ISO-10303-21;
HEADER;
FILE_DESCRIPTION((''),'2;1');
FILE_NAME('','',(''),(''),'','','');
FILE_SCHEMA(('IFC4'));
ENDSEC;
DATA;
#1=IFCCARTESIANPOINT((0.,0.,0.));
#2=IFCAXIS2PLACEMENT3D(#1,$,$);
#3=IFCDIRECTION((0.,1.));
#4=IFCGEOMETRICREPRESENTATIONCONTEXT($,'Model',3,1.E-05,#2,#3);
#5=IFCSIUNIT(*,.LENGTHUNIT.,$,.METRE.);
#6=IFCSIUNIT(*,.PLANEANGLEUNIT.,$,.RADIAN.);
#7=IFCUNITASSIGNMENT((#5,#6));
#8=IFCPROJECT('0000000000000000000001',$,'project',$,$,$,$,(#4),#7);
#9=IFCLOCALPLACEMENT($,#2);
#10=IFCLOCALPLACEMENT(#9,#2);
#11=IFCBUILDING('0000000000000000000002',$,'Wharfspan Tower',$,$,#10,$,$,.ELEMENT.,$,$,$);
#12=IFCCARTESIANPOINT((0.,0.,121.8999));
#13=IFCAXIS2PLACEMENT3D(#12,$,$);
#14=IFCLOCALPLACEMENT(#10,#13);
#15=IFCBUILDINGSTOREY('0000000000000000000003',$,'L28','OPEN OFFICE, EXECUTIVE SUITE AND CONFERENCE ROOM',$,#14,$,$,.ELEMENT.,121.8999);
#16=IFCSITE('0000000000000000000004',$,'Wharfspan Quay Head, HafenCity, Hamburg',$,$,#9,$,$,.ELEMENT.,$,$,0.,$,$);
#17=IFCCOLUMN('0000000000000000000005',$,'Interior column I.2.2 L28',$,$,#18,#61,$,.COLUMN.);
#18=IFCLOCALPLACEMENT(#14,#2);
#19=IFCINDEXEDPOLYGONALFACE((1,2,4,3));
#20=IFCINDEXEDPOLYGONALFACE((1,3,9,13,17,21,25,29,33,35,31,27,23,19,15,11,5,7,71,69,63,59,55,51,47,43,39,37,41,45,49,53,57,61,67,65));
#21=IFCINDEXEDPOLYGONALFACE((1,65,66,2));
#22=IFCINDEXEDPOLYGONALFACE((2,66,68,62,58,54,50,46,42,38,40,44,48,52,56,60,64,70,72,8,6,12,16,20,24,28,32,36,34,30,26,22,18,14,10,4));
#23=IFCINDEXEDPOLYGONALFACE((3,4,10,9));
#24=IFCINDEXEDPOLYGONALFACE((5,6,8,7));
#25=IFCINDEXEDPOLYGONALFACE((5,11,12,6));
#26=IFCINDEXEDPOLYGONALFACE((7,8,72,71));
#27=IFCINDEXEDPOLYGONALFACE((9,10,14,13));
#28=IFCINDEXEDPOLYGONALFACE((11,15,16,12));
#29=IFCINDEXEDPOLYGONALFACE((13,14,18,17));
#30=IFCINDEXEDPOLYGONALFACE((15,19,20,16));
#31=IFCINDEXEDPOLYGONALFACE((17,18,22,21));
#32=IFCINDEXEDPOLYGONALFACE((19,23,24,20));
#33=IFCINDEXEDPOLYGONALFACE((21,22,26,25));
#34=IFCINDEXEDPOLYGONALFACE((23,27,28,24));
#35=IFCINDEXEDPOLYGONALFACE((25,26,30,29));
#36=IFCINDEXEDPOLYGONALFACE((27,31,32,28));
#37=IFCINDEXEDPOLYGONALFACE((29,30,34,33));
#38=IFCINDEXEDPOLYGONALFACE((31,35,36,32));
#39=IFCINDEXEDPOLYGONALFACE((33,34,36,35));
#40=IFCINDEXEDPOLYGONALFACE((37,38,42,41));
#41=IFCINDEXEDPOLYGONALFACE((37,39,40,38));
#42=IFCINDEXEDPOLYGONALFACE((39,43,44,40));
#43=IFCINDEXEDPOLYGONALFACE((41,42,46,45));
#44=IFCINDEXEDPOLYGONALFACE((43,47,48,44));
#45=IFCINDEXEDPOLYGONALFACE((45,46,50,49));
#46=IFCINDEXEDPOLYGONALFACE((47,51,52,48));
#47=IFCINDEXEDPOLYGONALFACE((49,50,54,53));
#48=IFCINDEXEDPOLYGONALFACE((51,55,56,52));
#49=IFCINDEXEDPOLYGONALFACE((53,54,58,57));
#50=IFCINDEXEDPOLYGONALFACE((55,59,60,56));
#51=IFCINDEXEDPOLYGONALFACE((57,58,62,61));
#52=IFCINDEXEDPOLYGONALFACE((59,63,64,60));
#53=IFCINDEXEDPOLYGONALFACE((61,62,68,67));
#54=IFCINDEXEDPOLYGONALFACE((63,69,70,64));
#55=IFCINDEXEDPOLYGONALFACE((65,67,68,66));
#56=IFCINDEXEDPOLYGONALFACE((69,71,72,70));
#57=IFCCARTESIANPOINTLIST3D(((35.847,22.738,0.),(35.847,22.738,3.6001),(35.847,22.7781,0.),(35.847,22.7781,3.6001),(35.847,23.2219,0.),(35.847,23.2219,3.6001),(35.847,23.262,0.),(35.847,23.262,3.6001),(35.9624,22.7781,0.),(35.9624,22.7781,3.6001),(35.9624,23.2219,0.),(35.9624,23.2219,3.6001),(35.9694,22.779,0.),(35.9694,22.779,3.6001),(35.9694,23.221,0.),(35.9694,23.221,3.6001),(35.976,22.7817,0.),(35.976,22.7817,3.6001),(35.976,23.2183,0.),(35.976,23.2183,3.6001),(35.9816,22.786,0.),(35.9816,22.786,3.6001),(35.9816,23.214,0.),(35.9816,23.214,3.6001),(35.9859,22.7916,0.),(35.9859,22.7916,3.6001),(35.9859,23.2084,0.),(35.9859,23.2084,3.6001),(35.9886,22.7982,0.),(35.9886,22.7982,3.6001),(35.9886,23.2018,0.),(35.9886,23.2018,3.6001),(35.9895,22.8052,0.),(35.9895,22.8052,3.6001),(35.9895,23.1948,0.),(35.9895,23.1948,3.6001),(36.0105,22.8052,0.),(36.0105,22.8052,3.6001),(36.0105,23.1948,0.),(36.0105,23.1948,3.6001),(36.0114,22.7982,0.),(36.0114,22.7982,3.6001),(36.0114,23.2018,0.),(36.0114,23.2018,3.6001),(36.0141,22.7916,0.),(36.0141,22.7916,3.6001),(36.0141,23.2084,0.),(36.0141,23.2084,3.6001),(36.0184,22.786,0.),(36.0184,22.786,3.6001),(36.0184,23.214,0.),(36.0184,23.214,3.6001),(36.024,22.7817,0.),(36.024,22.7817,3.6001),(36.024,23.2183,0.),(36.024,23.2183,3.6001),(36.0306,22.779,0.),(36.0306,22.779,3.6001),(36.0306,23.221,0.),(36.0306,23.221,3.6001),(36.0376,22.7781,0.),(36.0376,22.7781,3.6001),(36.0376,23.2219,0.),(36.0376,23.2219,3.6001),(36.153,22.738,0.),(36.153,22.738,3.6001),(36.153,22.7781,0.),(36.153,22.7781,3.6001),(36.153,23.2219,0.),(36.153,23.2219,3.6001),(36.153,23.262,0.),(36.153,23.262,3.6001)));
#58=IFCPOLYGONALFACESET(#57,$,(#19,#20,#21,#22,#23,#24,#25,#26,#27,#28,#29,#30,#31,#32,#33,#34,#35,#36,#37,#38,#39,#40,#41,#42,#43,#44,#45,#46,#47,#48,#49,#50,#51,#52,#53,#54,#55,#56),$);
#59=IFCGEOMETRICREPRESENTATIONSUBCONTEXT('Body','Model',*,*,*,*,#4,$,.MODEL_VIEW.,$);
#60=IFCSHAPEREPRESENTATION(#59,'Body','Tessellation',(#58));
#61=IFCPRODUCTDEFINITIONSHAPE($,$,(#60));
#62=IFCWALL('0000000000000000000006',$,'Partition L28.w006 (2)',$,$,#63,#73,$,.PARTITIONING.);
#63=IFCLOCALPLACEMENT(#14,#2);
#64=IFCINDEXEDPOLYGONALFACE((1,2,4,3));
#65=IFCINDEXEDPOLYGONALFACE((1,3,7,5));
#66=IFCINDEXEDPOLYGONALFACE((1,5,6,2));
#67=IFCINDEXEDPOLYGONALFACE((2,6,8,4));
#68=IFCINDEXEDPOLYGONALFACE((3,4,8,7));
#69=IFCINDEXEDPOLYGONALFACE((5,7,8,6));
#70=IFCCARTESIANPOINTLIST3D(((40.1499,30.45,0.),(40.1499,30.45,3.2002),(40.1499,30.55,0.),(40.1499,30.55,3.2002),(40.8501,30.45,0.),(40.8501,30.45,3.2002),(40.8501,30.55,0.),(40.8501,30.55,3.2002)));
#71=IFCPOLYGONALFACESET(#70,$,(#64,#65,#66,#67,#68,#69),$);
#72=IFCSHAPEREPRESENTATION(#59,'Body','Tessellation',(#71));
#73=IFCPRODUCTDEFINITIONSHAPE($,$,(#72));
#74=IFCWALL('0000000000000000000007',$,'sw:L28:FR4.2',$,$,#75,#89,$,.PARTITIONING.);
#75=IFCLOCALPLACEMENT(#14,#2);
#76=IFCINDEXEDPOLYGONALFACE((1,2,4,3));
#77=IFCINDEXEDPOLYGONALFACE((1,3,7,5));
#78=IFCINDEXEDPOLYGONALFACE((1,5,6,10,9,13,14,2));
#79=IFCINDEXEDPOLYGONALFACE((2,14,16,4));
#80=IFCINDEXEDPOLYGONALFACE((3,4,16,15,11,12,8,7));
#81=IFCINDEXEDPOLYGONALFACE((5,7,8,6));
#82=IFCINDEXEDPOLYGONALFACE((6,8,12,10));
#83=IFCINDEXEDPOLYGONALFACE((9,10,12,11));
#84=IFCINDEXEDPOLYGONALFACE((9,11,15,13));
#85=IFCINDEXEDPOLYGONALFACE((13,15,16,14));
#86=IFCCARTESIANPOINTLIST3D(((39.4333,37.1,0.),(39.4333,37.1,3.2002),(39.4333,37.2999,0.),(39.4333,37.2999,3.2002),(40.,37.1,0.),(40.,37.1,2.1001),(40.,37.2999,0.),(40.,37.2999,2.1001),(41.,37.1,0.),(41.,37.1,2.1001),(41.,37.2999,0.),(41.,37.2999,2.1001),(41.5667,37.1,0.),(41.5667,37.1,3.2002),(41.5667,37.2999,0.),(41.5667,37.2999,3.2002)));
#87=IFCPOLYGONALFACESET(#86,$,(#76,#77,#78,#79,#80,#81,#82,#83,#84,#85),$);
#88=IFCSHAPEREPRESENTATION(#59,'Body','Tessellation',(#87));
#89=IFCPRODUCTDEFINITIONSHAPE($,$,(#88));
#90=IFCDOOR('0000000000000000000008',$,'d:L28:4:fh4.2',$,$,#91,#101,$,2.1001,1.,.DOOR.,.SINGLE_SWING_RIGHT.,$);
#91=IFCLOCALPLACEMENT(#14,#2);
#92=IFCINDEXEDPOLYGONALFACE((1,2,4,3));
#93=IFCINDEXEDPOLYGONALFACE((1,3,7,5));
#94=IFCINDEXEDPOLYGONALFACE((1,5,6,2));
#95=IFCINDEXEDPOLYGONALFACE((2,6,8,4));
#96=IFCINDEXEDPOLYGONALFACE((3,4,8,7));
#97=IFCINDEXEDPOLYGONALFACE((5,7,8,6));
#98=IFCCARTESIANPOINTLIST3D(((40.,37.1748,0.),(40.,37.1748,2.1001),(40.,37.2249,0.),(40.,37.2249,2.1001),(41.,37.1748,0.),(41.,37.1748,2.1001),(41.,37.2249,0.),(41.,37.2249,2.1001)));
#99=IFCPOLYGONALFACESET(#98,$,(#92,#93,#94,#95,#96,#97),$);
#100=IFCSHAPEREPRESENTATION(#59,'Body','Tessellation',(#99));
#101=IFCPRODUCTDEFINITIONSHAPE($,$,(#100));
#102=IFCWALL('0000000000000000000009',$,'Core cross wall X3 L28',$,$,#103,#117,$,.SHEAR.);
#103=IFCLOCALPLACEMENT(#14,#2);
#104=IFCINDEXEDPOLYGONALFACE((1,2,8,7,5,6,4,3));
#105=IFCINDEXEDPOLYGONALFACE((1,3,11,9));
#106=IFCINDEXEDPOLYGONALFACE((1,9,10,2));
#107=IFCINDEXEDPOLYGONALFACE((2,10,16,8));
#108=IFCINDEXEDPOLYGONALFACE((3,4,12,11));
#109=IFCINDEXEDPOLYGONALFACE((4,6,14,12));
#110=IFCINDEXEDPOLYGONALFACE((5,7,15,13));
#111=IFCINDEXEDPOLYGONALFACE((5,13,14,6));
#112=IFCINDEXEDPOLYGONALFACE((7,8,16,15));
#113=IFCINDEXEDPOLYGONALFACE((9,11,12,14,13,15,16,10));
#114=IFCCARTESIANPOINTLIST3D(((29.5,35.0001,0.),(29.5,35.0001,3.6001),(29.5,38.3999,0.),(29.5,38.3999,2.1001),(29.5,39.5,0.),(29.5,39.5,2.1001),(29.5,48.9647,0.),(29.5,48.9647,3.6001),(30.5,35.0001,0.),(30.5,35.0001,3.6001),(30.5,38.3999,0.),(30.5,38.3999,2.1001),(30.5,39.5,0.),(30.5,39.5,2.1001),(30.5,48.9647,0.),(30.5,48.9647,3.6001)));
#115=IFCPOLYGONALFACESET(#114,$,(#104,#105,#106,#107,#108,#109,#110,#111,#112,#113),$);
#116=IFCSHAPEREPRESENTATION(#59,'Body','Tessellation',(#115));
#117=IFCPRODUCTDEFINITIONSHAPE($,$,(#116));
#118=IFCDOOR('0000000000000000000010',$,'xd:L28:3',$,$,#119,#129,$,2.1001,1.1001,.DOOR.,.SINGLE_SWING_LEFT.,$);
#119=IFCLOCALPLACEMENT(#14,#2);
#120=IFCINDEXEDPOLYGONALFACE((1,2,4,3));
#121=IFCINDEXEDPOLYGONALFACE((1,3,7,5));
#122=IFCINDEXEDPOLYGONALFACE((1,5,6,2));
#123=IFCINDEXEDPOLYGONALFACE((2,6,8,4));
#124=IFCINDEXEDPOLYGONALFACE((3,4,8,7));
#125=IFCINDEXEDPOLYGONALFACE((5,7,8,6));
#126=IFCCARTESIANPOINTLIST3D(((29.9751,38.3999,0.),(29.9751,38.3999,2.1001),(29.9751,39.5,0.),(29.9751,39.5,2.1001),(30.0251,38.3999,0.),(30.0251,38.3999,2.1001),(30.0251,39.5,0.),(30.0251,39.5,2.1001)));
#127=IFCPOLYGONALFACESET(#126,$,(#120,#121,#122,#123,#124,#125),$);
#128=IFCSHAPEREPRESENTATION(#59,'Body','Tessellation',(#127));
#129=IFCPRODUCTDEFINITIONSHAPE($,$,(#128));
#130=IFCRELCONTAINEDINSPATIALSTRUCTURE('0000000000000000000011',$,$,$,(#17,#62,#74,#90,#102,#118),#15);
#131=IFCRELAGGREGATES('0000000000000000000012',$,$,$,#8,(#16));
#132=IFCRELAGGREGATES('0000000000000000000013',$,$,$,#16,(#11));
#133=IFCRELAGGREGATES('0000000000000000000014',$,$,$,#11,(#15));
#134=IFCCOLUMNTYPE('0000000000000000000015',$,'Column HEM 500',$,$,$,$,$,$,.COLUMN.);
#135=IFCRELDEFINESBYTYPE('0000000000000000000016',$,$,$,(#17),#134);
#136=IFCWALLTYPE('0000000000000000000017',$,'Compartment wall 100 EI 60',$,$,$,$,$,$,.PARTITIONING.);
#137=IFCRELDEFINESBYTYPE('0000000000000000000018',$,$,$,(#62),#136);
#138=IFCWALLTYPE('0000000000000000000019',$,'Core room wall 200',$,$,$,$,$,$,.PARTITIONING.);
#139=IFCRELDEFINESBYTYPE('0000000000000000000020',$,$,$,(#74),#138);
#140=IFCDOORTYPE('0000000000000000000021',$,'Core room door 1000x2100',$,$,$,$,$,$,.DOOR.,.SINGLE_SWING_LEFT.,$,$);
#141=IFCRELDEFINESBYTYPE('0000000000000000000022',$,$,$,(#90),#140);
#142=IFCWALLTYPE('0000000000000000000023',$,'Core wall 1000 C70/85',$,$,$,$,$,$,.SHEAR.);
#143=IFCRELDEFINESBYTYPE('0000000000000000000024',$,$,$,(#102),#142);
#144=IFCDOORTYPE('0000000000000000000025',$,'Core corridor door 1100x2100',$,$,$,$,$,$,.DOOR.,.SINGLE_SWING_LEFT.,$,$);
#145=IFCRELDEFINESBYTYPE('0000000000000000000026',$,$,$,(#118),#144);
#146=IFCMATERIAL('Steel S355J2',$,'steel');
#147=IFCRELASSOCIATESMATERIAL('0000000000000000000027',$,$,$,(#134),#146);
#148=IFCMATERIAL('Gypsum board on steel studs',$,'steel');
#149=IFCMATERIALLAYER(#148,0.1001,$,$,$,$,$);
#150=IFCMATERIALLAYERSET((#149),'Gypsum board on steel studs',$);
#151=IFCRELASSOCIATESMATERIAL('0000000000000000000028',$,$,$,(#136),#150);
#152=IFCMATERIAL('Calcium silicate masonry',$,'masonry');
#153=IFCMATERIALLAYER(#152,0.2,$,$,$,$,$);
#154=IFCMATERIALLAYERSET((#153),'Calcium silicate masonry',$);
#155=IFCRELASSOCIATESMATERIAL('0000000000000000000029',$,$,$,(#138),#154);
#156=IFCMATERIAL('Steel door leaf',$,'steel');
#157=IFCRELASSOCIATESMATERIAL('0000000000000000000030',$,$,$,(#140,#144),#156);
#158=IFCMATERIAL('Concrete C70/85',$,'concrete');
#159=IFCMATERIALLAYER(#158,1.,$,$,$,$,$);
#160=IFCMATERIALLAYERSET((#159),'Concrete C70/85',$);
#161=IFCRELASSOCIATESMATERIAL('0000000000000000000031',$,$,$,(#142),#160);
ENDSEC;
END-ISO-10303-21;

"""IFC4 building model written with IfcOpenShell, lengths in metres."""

from ifc_helpers import new_model, si_unit, direction, frame, frame_2d, origin, origin_2d, place, context, subcontext, project, spatial, rectangle, i_section, extrude, material, layer, layer_set, material_profile, profile_set, type_object, element, fill, save


model = new_model("IFC4")

# Units and contexts
model_context = context("Model", 3, precision=1e-05, world=origin(), true_north=direction((0.0, 1.0)))
body_context = subcontext(model_context, "Body", "Model", "MODEL_VIEW")
ifc_project = project(units=[si_unit("LENGTHUNIT", "METRE"), si_unit("PLANEANGLEUNIT", "RADIAN")], contexts=[model_context])

# Site, building, storey
site_placement = place(None, origin())
site = spatial("IfcSite", under=ifc_project, at=site_placement, Name="Wharfspan Quay Head, HafenCity, Hamburg", CompositionType="ELEMENT", RefElevation=0.0)
building_placement = place(site_placement, origin())
building = spatial("IfcBuilding", under=site, at=building_placement, Name="Wharfspan Tower", CompositionType="ELEMENT")
storey_placement = place(building_placement, frame((0.0, 0.0, 121.8999)))
storey = spatial("IfcBuildingStorey", under=building, at=storey_placement, Name="L28", Description="OPEN OFFICE, EXECUTIVE SUITE AND CONFERENCE ROOM", CompositionType="ELEMENT", Elevation=121.8999)

# Column
ifc_material_1 = material(Name="Steel S355J2", Category="steel")
ifc_material_profile = material_profile(ifc_material_1, i_section(OverallWidth=0.3059, OverallDepth=0.5239, WebThickness=0.021, FlangeThickness=0.04, FilletRadius=0.0271, at=origin_2d()))
ifc_profile_set = profile_set([ifc_material_profile], Name="Steel S355J2")
column_type = type_object("IfcColumnType", Name="Column HEM 500", PredefinedType="COLUMN", material=ifc_profile_set)
column_placement = place(storey_placement, frame((36.0, 23.0, 0.0), z_axis=(0.0, 0.0, 1.0), x_axis=(1.0, 0.0, 0.0)))
element("IfcColumn", 1, at=column_placement, inside=storey, type_object=column_type, Name="Interior column I.2.2 L28", PredefinedType="COLUMN", context=body_context, shape_type="SweptSolid", body=[
    extrude(i_section(OverallWidth=0.3059, OverallDepth=0.5239, WebThickness=0.021, FlangeThickness=0.04, FilletRadius=0.0271, at=origin_2d()), origin(), (0.0, 0.0, 1.0), 3.6001),
])

# Wall
ifc_material_2 = material(Name="Gypsum board on steel studs", Category="steel")
ifc_layer_1 = layer(ifc_material_2, 0.1001)
ifc_layer_set_1 = layer_set([ifc_layer_1], Name="Gypsum board on steel studs")
wall_type_1 = type_object("IfcWallType", Name="Compartment wall 100 EI 60", PredefinedType="PARTITIONING", material=ifc_layer_set_1)
wall_1_placement = place(storey_placement, frame((40.1499, 30.5, 0.0), z_axis=(0.0, 0.0, 1.0), x_axis=(1.0, 0.0, 0.0)))
element("IfcWall", 2, at=wall_1_placement, inside=storey, type_object=wall_type_1, Name="Partition L28.w006 (2)", PredefinedType="PARTITIONING", context=body_context, shape_type="SweptSolid", body=[
    extrude(rectangle(XDim=0.7002, YDim=0.1001, at=frame_2d((0.3501, 0.0))), origin(), (0.0, 0.0, 1.0), 3.2002),
])

# Walls, openings, doors
ifc_material_3 = material(Name="Calcium silicate masonry", Category="masonry")
ifc_layer_2 = layer(ifc_material_3, 0.2)
ifc_layer_set_2 = layer_set([ifc_layer_2], Name="Calcium silicate masonry")
wall_type_2 = type_object("IfcWallType", Name="Core room wall 200", PredefinedType="PARTITIONING", material=ifc_layer_set_2)
wall_2_placement = place(storey_placement, frame((39.4333, 37.2, 0.0), z_axis=(0.0, 0.0, 1.0), x_axis=(1.0, 0.0, 0.0)))
wall_2 = element("IfcWall", 3, at=wall_2_placement, inside=storey, type_object=wall_type_2, Name="sw:L28:FR4.2", PredefinedType="PARTITIONING", context=body_context, shape_type="SweptSolid", body=[
    extrude(rectangle(XDim=2.1333, YDim=0.2, at=frame_2d((1.0667, 0.0))), origin(), (0.0, 0.0, 1.0), 3.2002),
])
opening_1_placement = place(wall_2_placement, frame((0.5666, 0.0, 0.0)))
opening_1 = element("IfcOpeningElement", 4, at=opening_1_placement, cuts=wall_2, PredefinedType="OPENING", context=body_context, shape_type="SweptSolid", body=[
    extrude(rectangle(XDim=1.0, YDim=2.1001, at=frame_2d((0.5, 1.05))), frame((0.0, 0.1099, 0.0), z_axis=(0.0, -1.0, 0.0), x_axis=(1.0, 0.0, 0.0)), (0.0, 0.0, 1.0), 0.22),
])
ifc_material_4 = material(Name="Steel door leaf", Category="steel")
door_type_1 = type_object("IfcDoorType", Name="Core room door 1000x2100", OperationType="SINGLE_SWING_LEFT", PredefinedType="DOOR", material=ifc_material_4)
door_1_placement = place(opening_1_placement, origin())
door_1 = element("IfcDoor", 5, at=door_1_placement, inside=storey, type_object=door_type_1, Name="d:L28:4:fh4.2", OperationType="SINGLE_SWING_RIGHT", OverallHeight=2.1001, OverallWidth=1.0, PredefinedType="DOOR", context=body_context, shape_type="SweptSolid", body=[
    extrude(rectangle(XDim=1.0, YDim=2.1001, at=frame_2d((0.5, 1.05))), frame((0.0, 0.0249, 0.0), z_axis=(0.0, -1.0, 0.0), x_axis=(1.0, 0.0, 0.0)), (0.0, 0.0, 1.0), 0.05),
])
fill(opening_1, door_1)
ifc_material_5 = material(Name="Concrete C70/85", Category="concrete")
ifc_layer_3 = layer(ifc_material_5, 1.0)
ifc_layer_set_3 = layer_set([ifc_layer_3], Name="Concrete C70/85")
wall_type_3 = type_object("IfcWallType", Name="Core wall 1000 C70/85", PredefinedType="SHEAR", material=ifc_layer_set_3)
wall_3_placement = place(storey_placement, frame((30.0, 35.0, 0.0), z_axis=(0.0, 0.0, 1.0), x_axis=(0.0, 1.0, 0.0)))
wall_3 = element("IfcWall", 6, at=wall_3_placement, inside=storey, type_object=wall_type_3, Name="Core cross wall X3 L28", PredefinedType="SHEAR", context=body_context, shape_type="SweptSolid", body=[
    extrude(rectangle(XDim=13.9646, YDim=1.0, at=frame_2d((6.9824, 0.0))), origin(), (0.0, 0.0, 1.0), 3.6001),
])
opening_2_placement = place(wall_3_placement, frame((3.3999, 0.0, 0.0)))
opening_2 = element("IfcOpeningElement", 7, at=opening_2_placement, cuts=wall_3, PredefinedType="OPENING", context=body_context, shape_type="SweptSolid", body=[
    extrude(rectangle(XDim=1.1001, YDim=2.1001, at=frame_2d((0.55, 1.05))), frame((0.0, 0.51, 0.0), z_axis=(0.0, -1.0, 0.0), x_axis=(1.0, 0.0, 0.0)), (0.0, 0.0, 1.0), 1.02),
])
door_type_2 = type_object("IfcDoorType", Name="Core corridor door 1100x2100", OperationType="SINGLE_SWING_LEFT", PredefinedType="DOOR", material=ifc_material_4)
door_2_placement = place(opening_2_placement, origin())
door_2 = element("IfcDoor", 8, at=door_2_placement, inside=storey, type_object=door_type_2, Name="xd:L28:3", OperationType="SINGLE_SWING_LEFT", OverallHeight=2.1001, OverallWidth=1.1001, PredefinedType="DOOR", context=body_context, shape_type="SweptSolid", body=[
    extrude(rectangle(XDim=1.1001, YDim=2.1001, at=frame_2d((0.55, 1.05))), frame((0.0, 0.0249, 0.0), z_axis=(0.0, -1.0, 0.0), x_axis=(1.0, 0.0, 0.0)), (0.0, 0.0, 1.0), 0.05),
])
fill(opening_2, door_2)

save(model, "model.ifc")
